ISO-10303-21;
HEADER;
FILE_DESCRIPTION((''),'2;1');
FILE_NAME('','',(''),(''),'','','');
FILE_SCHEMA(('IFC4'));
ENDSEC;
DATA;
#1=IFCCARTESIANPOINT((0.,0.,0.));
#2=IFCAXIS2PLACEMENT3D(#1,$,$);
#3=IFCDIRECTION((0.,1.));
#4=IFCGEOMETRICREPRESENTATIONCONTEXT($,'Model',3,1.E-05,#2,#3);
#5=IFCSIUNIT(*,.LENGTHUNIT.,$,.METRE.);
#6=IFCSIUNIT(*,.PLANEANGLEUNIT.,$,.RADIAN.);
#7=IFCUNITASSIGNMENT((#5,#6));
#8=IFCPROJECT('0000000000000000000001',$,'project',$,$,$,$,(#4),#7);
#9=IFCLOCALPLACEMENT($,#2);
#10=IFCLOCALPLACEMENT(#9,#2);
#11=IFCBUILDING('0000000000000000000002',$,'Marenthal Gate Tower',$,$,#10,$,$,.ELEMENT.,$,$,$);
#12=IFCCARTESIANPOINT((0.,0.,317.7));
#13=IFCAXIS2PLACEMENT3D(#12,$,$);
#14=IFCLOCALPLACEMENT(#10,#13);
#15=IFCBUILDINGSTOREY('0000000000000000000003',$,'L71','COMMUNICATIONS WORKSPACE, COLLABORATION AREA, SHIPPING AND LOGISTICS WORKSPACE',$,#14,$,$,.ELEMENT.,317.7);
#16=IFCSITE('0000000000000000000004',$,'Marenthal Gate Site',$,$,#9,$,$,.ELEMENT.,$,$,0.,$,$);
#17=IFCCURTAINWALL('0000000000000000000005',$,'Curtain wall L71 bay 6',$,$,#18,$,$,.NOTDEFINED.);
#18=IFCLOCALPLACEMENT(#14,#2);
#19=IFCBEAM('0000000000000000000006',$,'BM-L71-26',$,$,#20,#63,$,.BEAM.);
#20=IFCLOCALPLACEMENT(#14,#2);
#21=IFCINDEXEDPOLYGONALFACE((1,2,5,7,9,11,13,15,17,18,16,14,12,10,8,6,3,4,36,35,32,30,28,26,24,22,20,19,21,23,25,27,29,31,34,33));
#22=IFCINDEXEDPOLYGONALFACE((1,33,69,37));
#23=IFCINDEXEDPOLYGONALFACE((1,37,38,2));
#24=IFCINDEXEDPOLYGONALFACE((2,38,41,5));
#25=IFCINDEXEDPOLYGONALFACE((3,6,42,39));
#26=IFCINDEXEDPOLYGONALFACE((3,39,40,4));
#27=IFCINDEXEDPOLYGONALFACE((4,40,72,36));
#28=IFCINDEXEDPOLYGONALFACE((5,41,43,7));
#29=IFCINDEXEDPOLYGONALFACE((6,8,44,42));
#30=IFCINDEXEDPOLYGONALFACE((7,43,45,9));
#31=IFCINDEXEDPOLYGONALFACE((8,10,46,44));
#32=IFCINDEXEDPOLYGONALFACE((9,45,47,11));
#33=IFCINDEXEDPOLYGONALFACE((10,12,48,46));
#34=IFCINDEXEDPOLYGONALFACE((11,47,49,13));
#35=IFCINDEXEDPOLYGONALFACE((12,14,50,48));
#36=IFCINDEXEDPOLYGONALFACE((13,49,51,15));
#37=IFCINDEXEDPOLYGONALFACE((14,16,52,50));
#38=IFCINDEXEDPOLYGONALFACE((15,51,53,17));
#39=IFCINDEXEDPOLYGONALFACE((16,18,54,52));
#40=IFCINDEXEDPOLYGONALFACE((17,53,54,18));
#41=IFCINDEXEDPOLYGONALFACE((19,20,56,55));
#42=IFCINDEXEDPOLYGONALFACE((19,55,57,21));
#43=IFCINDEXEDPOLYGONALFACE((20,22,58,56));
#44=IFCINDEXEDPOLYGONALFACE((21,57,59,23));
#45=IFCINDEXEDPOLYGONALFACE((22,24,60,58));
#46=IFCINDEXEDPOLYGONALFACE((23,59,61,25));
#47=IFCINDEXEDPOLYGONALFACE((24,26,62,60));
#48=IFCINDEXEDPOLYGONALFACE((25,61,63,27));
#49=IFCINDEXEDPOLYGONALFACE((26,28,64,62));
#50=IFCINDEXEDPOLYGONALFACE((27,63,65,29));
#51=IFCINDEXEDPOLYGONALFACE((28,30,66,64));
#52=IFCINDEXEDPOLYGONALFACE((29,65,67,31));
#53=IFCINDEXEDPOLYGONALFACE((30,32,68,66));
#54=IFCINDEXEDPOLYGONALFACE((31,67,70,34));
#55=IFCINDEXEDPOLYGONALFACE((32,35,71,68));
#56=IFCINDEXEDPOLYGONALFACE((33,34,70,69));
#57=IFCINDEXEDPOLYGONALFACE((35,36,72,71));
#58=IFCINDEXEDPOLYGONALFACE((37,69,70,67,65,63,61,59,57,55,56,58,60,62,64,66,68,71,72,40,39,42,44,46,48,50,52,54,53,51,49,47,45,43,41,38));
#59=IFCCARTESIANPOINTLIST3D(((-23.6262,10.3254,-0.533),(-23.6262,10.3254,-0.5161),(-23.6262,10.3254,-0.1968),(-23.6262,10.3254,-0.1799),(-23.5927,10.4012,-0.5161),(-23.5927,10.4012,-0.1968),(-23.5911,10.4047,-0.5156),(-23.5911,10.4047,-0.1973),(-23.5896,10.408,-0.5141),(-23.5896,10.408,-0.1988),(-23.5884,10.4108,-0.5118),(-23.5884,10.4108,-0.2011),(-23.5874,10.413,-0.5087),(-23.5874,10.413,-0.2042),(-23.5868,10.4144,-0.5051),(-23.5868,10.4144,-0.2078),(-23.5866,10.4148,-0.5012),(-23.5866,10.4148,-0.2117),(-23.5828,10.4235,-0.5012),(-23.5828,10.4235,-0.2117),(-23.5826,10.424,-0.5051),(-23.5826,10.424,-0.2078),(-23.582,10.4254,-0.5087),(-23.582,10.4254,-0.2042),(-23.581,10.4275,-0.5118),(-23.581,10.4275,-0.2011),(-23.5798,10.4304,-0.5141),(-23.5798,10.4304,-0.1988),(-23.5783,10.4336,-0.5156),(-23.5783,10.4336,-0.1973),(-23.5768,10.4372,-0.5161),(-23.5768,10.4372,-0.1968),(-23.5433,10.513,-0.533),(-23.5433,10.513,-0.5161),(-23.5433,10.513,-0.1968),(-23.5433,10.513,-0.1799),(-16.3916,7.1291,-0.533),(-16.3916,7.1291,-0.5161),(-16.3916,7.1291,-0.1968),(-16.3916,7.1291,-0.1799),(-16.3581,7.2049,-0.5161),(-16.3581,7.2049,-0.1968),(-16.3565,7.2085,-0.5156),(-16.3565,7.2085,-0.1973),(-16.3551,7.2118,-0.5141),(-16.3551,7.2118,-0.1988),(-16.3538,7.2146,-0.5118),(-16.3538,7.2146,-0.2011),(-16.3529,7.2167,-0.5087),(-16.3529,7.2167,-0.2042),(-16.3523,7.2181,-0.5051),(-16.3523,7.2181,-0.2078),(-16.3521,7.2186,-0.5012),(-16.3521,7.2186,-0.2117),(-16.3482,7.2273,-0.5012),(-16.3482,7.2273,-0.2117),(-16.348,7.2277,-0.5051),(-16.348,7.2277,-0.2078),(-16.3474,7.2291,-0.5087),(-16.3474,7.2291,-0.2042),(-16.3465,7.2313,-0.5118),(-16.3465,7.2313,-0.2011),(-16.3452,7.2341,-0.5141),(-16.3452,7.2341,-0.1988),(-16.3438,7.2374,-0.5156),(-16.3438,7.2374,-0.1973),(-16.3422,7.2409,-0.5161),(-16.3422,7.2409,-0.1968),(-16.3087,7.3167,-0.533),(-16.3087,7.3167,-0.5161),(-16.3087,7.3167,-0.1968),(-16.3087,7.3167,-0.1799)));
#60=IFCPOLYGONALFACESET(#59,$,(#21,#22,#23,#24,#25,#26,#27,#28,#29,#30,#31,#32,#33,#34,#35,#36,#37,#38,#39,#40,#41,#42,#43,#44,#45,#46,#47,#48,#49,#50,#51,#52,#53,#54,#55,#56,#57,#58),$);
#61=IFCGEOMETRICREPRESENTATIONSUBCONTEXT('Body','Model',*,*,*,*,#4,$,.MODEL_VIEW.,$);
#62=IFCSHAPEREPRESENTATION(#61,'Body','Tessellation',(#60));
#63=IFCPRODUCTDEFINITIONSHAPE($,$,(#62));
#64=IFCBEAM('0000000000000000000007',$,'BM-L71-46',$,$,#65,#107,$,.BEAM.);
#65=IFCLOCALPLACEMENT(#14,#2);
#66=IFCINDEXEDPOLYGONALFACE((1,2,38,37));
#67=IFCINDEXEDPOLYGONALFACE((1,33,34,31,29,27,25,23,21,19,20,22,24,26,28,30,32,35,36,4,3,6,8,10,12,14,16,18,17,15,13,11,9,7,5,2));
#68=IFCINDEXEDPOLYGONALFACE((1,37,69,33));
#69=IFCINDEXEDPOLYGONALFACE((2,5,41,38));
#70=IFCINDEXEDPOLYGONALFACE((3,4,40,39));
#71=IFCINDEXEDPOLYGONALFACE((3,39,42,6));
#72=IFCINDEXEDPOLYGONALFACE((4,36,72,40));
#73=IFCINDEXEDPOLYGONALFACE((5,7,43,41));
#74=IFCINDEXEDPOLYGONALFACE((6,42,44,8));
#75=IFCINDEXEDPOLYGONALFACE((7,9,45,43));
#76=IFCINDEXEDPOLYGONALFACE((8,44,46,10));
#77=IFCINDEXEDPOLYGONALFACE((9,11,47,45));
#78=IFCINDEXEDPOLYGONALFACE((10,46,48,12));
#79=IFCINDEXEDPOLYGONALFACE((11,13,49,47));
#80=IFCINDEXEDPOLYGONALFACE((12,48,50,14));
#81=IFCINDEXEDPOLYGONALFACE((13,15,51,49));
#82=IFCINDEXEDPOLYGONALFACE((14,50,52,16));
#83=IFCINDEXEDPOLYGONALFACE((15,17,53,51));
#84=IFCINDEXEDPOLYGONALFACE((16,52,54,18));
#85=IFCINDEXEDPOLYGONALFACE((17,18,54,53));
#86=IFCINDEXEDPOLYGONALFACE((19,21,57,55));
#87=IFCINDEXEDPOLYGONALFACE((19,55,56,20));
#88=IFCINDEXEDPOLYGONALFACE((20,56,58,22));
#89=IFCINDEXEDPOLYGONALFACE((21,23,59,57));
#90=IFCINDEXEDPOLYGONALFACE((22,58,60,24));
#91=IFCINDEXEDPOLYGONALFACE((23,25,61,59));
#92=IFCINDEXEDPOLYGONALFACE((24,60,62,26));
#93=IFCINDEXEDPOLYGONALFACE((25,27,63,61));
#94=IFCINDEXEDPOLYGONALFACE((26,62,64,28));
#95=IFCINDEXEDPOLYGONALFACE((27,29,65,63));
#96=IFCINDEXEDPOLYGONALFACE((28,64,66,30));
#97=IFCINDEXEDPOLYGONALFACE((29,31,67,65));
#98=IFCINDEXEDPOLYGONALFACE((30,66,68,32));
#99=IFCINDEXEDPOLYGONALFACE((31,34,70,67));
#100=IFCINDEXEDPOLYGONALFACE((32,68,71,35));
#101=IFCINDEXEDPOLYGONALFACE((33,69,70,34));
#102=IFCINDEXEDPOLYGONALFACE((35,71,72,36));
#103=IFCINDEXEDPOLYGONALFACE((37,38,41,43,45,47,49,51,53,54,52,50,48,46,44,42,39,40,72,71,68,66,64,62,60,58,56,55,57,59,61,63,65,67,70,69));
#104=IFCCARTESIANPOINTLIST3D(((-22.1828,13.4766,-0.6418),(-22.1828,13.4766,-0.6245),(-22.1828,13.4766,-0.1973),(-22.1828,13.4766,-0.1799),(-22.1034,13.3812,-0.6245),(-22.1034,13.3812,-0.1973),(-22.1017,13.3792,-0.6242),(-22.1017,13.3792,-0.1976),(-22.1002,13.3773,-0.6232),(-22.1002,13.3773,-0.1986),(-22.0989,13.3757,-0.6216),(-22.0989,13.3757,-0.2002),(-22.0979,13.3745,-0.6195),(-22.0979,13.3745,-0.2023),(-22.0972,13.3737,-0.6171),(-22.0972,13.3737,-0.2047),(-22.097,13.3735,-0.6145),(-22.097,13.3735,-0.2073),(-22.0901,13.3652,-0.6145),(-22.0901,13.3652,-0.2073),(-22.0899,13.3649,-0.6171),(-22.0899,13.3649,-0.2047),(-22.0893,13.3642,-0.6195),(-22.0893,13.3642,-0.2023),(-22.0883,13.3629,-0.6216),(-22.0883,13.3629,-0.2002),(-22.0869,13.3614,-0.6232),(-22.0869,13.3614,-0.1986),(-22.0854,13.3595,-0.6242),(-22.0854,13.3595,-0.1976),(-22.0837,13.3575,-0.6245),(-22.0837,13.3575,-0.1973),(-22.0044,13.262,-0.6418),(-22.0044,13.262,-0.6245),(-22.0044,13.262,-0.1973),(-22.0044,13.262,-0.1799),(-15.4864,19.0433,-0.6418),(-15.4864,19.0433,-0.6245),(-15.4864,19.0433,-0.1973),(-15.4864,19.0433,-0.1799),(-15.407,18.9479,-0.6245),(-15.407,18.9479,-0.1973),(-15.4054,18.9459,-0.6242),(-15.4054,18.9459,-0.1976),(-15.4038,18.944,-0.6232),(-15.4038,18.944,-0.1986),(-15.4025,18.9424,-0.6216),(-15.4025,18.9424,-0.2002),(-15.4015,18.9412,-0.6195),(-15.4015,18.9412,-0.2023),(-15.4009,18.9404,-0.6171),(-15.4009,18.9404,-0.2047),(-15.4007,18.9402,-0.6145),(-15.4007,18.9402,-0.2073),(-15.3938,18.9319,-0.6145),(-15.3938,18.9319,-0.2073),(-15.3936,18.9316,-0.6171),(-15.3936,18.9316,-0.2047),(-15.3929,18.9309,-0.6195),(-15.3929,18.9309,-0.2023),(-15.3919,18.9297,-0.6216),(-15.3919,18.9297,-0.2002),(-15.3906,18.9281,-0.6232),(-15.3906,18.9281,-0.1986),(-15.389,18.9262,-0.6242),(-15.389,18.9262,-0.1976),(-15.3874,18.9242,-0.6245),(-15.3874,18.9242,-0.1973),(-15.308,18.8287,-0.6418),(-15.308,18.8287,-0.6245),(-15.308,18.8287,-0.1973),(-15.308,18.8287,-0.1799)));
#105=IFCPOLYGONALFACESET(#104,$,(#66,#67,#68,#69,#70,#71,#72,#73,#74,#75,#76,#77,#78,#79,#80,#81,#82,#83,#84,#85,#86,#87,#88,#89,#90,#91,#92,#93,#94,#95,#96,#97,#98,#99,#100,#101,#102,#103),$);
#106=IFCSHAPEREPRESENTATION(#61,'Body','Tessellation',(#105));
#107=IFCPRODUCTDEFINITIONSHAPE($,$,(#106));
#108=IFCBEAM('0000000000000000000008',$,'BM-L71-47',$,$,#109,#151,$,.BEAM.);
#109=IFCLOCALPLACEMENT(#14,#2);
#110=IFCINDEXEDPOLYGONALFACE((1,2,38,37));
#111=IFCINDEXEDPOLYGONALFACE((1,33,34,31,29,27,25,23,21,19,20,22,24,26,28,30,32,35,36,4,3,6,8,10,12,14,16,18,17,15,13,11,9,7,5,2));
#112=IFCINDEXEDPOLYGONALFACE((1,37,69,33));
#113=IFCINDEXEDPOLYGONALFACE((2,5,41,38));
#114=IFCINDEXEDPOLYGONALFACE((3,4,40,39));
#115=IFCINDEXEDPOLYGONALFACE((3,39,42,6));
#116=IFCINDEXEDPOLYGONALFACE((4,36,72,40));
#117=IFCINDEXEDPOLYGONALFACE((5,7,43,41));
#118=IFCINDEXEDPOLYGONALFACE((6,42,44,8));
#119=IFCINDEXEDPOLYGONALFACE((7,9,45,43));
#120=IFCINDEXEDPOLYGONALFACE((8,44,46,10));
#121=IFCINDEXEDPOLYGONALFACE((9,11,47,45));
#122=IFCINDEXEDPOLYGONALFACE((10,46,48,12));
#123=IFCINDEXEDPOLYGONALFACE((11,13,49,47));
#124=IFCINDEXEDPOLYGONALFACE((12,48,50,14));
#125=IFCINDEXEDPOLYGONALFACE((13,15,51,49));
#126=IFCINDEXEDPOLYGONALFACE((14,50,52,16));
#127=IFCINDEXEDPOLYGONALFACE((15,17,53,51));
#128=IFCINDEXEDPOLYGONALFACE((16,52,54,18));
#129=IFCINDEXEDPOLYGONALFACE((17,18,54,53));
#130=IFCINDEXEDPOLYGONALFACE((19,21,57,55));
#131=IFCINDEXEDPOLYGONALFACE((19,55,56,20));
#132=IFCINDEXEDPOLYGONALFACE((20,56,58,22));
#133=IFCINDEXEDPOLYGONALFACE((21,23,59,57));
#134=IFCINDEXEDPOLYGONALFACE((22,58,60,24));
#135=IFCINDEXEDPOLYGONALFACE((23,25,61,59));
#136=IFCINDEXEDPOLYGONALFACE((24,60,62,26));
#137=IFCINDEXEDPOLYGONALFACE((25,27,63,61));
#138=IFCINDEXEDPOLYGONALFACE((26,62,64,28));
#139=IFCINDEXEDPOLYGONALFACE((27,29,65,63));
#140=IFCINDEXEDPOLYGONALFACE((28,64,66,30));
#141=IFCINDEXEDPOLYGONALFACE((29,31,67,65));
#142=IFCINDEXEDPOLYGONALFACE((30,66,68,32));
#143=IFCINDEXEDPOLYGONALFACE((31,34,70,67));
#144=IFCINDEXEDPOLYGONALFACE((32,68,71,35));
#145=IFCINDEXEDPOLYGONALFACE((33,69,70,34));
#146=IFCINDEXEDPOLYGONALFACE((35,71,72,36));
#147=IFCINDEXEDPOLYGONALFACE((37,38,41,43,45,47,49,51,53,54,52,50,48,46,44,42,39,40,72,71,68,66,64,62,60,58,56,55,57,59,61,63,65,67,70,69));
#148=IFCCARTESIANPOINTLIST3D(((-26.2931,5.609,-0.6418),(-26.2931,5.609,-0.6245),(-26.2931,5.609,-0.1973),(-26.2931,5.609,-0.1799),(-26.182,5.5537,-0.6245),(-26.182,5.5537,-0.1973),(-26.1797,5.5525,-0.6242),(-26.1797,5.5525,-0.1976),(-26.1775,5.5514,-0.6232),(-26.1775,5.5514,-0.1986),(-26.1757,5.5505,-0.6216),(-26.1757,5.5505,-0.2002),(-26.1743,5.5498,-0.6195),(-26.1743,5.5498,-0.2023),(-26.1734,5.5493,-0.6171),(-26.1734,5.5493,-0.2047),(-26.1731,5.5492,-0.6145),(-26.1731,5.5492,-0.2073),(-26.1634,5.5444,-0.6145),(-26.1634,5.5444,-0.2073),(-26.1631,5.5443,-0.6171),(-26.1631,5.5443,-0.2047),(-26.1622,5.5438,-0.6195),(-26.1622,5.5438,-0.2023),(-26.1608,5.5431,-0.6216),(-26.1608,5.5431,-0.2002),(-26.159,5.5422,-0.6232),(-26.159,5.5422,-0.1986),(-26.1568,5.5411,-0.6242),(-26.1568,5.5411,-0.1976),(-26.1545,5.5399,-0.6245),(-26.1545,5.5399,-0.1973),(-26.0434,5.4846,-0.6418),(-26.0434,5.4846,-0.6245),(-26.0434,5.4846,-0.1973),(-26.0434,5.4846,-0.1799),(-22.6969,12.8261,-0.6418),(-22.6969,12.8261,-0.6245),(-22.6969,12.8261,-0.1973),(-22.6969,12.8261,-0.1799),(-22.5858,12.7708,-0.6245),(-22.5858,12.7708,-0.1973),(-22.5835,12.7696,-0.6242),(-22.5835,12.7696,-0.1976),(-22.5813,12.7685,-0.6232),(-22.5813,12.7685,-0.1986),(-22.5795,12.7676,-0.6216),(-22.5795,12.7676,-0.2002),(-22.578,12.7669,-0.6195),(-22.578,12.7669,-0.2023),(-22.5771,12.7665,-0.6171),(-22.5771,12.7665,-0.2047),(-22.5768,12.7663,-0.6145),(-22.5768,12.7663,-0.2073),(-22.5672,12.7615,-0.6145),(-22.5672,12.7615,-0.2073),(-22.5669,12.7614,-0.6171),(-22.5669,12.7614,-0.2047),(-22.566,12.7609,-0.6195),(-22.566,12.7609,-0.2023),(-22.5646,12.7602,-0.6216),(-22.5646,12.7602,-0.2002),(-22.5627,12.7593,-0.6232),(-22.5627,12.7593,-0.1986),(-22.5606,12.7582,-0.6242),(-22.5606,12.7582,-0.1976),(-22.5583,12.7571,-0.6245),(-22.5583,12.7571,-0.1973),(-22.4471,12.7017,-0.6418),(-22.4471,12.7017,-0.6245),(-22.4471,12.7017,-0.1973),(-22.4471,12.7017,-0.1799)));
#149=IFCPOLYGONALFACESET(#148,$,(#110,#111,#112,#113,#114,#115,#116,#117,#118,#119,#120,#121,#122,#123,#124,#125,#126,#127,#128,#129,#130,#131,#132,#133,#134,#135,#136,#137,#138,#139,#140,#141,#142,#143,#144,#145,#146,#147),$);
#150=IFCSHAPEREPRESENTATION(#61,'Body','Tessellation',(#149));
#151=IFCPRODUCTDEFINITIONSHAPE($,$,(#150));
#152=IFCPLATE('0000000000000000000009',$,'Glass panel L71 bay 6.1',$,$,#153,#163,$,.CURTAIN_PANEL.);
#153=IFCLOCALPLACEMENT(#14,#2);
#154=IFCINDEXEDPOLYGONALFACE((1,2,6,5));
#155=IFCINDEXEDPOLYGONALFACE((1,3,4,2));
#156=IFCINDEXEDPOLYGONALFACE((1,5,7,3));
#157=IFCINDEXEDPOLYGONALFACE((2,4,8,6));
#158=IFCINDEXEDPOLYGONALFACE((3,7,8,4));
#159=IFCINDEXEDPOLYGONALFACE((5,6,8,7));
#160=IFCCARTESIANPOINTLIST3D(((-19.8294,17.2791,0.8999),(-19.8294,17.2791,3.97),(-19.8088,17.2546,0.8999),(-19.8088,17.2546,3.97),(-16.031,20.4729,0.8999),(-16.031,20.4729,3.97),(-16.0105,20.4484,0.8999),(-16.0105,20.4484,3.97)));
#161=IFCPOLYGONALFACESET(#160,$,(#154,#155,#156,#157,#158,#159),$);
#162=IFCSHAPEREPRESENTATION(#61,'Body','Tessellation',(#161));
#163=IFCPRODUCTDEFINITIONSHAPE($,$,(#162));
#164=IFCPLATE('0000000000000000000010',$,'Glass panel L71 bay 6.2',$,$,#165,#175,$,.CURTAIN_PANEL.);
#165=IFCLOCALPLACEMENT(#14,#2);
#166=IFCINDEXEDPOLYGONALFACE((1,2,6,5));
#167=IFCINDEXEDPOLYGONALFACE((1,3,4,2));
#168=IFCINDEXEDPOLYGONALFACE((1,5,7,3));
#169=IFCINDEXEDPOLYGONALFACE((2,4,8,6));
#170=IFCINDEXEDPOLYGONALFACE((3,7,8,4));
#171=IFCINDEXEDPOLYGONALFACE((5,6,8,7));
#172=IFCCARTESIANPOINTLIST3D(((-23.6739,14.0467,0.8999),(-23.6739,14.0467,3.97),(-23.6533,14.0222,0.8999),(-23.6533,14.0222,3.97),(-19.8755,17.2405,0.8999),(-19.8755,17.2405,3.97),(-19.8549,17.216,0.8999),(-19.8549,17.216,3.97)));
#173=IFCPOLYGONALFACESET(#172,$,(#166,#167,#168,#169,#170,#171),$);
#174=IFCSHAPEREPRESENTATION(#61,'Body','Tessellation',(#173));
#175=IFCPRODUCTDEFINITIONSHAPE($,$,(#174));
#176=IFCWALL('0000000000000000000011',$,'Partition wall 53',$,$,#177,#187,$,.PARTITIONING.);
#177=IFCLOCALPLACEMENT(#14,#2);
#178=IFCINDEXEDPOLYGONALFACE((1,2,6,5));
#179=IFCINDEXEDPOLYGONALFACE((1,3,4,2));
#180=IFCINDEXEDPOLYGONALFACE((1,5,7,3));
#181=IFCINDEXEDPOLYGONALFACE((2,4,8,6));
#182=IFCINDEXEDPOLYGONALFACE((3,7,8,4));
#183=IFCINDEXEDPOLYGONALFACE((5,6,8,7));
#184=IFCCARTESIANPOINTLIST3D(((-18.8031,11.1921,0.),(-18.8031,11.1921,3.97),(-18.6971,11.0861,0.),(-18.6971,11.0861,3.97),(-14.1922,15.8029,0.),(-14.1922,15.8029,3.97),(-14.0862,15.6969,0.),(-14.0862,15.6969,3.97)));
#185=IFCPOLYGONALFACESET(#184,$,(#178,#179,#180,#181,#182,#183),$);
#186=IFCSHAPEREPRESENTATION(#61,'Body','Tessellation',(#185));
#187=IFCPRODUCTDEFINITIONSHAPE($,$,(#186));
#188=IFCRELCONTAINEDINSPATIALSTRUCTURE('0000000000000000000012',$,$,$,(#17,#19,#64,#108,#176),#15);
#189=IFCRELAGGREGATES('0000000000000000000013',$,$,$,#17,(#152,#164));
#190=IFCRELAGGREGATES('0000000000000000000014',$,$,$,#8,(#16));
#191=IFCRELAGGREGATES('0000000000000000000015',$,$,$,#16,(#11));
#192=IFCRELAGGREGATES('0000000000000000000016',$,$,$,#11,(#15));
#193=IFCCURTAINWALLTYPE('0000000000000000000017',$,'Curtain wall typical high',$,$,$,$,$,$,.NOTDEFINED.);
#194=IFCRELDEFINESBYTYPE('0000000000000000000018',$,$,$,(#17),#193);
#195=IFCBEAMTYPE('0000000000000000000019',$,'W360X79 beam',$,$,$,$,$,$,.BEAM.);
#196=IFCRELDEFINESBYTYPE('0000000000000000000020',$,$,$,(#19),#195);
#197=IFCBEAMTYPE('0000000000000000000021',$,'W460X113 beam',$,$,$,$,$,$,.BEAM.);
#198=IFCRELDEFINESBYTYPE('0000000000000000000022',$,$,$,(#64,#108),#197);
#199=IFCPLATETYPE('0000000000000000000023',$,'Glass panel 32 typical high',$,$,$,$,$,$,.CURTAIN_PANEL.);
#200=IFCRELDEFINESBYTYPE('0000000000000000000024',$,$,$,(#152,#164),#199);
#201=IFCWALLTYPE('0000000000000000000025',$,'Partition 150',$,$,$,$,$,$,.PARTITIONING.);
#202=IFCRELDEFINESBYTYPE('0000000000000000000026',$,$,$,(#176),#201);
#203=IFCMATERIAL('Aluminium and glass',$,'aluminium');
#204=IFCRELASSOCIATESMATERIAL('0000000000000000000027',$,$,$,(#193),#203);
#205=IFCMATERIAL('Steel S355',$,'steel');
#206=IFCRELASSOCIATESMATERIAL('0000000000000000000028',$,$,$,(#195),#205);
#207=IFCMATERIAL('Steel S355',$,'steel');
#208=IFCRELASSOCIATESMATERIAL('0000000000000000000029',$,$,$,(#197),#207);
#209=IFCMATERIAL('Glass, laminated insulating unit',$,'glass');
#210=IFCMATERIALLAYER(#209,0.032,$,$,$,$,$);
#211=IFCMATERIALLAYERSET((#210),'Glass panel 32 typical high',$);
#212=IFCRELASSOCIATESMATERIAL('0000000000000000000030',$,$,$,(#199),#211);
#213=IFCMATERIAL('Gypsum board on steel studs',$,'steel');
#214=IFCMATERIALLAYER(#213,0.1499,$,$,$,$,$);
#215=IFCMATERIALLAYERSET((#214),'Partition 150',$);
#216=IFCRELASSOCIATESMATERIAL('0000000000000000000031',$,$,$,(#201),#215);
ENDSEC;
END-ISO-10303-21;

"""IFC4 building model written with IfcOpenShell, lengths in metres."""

from ifc_helpers import new_model, si_unit, direction, frame, frame_2d, origin, origin_2d, place, context, subcontext, project, spatial, rectangle, i_section, extrude, material, layer, layer_set, material_profile, profile_set, type_object, element, aggregate, save


model = new_model("IFC4")

# Units and contexts
model_context = context("Model", 3, precision=1e-05, world=origin(), true_north=direction((0.0, 1.0)))
body_context = subcontext(model_context, "Body", "Model", "MODEL_VIEW")
ifc_project = project(units=[si_unit("LENGTHUNIT", "METRE"), si_unit("PLANEANGLEUNIT", "RADIAN")], contexts=[model_context])

# Site, building, storey
site_placement = place(None, origin())
site = spatial("IfcSite", under=ifc_project, at=site_placement, Name="Marenthal Gate Site", CompositionType="ELEMENT", RefElevation=0.0)
building_placement = place(site_placement, origin())
building = spatial("IfcBuilding", under=site, at=building_placement, Name="Marenthal Gate Tower", CompositionType="ELEMENT")
storey_placement = place(building_placement, frame((0.0, 0.0, 317.7)))
storey = spatial("IfcBuildingStorey", under=building, at=storey_placement, Name="L71", Description="COMMUNICATIONS WORKSPACE, COLLABORATION AREA, SHIPPING AND LOGISTICS WORKSPACE", CompositionType="ELEMENT", Elevation=317.7)

# Curtain wall
ifc_material_1 = material(Name="Aluminium and glass", Category="aluminium")
curtain_wall_type = type_object("IfcCurtainWallType", Name="Curtain wall typical high", PredefinedType="NOTDEFINED", material=ifc_material_1)
curtain_wall_placement = place(storey_placement, origin())
curtain_wall = element("IfcCurtainWall", 1, at=curtain_wall_placement, inside=storey, type_object=curtain_wall_type, Name="Curtain wall L71 bay 6", PredefinedType="NOTDEFINED")

# Beams
ifc_material_2 = material(Name="Steel S355", Category="steel")
ifc_material_profile_1 = material_profile(ifc_material_2, i_section(OverallWidth=0.2051, OverallDepth=0.353, WebThickness=0.0095, FlangeThickness=0.0168, FilletRadius=0.0149, at=origin_2d()), Name="W360X79")
ifc_profile_set_1 = profile_set([ifc_material_profile_1], Name="Steel S355")
beam_type_1 = type_object("IfcBeamType", Name="W360X79 beam", PredefinedType="BEAM", material=ifc_profile_set_1)
beam_1_placement = place(storey_placement, frame((-23.5847, 10.4192, -0.3564), z_axis=(0.914705, -0.404121, 0.0), x_axis=(0.404121, 0.914705, 0.0)))
element("IfcBeam", 2, at=beam_1_placement, inside=storey, type_object=beam_type_1, Name="BM-L71-26", PredefinedType="BEAM", context=body_context, shape_type="SweptSolid", body=[
    extrude(i_section(OverallWidth=0.2051, OverallDepth=0.353, WebThickness=0.0095, FlangeThickness=0.0168, FilletRadius=0.0149, at=origin_2d()), origin(), (0.0, 0.0, 1.0), 7.9092),
])
ifc_material_3 = material(Name="Steel S355", Category="steel")
ifc_material_profile_2 = material_profile(ifc_material_3, i_section(OverallWidth=0.2791, OverallDepth=0.4619, WebThickness=0.0107, FlangeThickness=0.0173, FilletRadius=0.01, at=origin_2d()), Name="W460X113")
ifc_profile_set_2 = profile_set([ifc_material_profile_2], Name="Steel S355")
beam_type_2 = type_object("IfcBeamType", Name="W460X113 beam", PredefinedType="BEAM", material=ifc_profile_set_2)
beam_2_placement = place(storey_placement, frame((-15.3972, 18.936, -0.4109), z_axis=(-0.768988, -0.639263, 0.0), x_axis=(0.639263, -0.768988, 0.0)))
element("IfcBeam", 3, at=beam_2_placement, inside=storey, type_object=beam_type_2, Name="BM-L71-46", PredefinedType="BEAM", context=body_context, shape_type="SweptSolid", body=[
    extrude(i_section(OverallWidth=0.2791, OverallDepth=0.4619, WebThickness=0.0107, FlangeThickness=0.0173, FilletRadius=0.01, at=origin_2d()), origin(), (0.0, 0.0, 1.0), 8.708),
])
beam_3_placement = place(storey_placement, frame((-22.572, 12.7639, -0.4109), z_axis=(-0.44599, -0.895038, 0.0), x_axis=(0.895038, -0.44599, 0.0)))
element("IfcBeam", 4, at=beam_3_placement, inside=storey, type_object=beam_type_2, Name="BM-L71-47", PredefinedType="BEAM", context=body_context, shape_type="SweptSolid", body=[
    extrude(i_section(OverallWidth=0.2791, OverallDepth=0.4619, WebThickness=0.0107, FlangeThickness=0.0173, FilletRadius=0.01, at=origin_2d()), origin(), (0.0, 0.0, 1.0), 8.0635),
])

# Plates
ifc_material_4 = material(Name="Glass, laminated insulating unit", Category="glass")
ifc_layer_1 = layer(ifc_material_4, 0.032)
ifc_layer_set_1 = layer_set([ifc_layer_1], Name="Glass panel 32 typical high")
plate_type = type_object("IfcPlateType", Name="Glass panel 32 typical high", PredefinedType="CURTAIN_PANEL", material=ifc_layer_set_1)
plate_1_placement = place(storey_placement, frame((-17.9199, 18.8638, 0.8999), z_axis=(0.0, 0.0, 1.0), x_axis=(-0.765387, -0.64357, 0.0)))
plate_1 = element("IfcPlate", 5, at=plate_1_placement, type_object=plate_type, Name="Glass panel L71 bay 6.1", PredefinedType="CURTAIN_PANEL", context=body_context, shape_type="SweptSolid", body=[
    extrude(rectangle(XDim=4.9626, YDim=0.032, at=origin_2d()), origin(), (0.0, 0.0, 1.0), 3.0701),
])
plate_2_placement = place(storey_placement, frame((-21.7644, 15.6313, 0.8999), z_axis=(0.0, 0.0, 1.0), x_axis=(-0.765387, -0.64357, 0.0)))
plate_2 = element("IfcPlate", 6, at=plate_2_placement, type_object=plate_type, Name="Glass panel L71 bay 6.2", PredefinedType="CURTAIN_PANEL", context=body_context, shape_type="SweptSolid", body=[
    extrude(rectangle(XDim=4.9626, YDim=0.032, at=origin_2d()), origin(), (0.0, 0.0, 1.0), 3.0701),
])
aggregate(curtain_wall, [plate_1, plate_2])

# Wall
ifc_material_5 = material(Name="Gypsum board on steel studs", Category="steel")
ifc_layer_2 = layer(ifc_material_5, 0.1499)
ifc_layer_set_2 = layer_set([ifc_layer_2], Name="Partition 150")
wall_type_1 = type_object("IfcWallType", Name="Partition 150", PredefinedType="PARTITIONING", material=ifc_layer_set_2)
wall_1_placement = place(storey_placement, frame((-18.75, 11.1392, 0.0), z_axis=(0.0, 0.0, 1.0), x_axis=(0.707107, 0.707107, 0.0)))
element("IfcWall", 7, at=wall_1_placement, inside=storey, type_object=wall_type_1, Name="Partition wall 53", PredefinedType="PARTITIONING", context=body_context, shape_type="SweptSolid", body=[
    extrude(rectangle(XDim=6.5208, YDim=0.1499, at=frame_2d((3.2603, 0.0))), origin(), (0.0, 0.0, 1.0), 3.97),
])

save(model, "model.ifc")
